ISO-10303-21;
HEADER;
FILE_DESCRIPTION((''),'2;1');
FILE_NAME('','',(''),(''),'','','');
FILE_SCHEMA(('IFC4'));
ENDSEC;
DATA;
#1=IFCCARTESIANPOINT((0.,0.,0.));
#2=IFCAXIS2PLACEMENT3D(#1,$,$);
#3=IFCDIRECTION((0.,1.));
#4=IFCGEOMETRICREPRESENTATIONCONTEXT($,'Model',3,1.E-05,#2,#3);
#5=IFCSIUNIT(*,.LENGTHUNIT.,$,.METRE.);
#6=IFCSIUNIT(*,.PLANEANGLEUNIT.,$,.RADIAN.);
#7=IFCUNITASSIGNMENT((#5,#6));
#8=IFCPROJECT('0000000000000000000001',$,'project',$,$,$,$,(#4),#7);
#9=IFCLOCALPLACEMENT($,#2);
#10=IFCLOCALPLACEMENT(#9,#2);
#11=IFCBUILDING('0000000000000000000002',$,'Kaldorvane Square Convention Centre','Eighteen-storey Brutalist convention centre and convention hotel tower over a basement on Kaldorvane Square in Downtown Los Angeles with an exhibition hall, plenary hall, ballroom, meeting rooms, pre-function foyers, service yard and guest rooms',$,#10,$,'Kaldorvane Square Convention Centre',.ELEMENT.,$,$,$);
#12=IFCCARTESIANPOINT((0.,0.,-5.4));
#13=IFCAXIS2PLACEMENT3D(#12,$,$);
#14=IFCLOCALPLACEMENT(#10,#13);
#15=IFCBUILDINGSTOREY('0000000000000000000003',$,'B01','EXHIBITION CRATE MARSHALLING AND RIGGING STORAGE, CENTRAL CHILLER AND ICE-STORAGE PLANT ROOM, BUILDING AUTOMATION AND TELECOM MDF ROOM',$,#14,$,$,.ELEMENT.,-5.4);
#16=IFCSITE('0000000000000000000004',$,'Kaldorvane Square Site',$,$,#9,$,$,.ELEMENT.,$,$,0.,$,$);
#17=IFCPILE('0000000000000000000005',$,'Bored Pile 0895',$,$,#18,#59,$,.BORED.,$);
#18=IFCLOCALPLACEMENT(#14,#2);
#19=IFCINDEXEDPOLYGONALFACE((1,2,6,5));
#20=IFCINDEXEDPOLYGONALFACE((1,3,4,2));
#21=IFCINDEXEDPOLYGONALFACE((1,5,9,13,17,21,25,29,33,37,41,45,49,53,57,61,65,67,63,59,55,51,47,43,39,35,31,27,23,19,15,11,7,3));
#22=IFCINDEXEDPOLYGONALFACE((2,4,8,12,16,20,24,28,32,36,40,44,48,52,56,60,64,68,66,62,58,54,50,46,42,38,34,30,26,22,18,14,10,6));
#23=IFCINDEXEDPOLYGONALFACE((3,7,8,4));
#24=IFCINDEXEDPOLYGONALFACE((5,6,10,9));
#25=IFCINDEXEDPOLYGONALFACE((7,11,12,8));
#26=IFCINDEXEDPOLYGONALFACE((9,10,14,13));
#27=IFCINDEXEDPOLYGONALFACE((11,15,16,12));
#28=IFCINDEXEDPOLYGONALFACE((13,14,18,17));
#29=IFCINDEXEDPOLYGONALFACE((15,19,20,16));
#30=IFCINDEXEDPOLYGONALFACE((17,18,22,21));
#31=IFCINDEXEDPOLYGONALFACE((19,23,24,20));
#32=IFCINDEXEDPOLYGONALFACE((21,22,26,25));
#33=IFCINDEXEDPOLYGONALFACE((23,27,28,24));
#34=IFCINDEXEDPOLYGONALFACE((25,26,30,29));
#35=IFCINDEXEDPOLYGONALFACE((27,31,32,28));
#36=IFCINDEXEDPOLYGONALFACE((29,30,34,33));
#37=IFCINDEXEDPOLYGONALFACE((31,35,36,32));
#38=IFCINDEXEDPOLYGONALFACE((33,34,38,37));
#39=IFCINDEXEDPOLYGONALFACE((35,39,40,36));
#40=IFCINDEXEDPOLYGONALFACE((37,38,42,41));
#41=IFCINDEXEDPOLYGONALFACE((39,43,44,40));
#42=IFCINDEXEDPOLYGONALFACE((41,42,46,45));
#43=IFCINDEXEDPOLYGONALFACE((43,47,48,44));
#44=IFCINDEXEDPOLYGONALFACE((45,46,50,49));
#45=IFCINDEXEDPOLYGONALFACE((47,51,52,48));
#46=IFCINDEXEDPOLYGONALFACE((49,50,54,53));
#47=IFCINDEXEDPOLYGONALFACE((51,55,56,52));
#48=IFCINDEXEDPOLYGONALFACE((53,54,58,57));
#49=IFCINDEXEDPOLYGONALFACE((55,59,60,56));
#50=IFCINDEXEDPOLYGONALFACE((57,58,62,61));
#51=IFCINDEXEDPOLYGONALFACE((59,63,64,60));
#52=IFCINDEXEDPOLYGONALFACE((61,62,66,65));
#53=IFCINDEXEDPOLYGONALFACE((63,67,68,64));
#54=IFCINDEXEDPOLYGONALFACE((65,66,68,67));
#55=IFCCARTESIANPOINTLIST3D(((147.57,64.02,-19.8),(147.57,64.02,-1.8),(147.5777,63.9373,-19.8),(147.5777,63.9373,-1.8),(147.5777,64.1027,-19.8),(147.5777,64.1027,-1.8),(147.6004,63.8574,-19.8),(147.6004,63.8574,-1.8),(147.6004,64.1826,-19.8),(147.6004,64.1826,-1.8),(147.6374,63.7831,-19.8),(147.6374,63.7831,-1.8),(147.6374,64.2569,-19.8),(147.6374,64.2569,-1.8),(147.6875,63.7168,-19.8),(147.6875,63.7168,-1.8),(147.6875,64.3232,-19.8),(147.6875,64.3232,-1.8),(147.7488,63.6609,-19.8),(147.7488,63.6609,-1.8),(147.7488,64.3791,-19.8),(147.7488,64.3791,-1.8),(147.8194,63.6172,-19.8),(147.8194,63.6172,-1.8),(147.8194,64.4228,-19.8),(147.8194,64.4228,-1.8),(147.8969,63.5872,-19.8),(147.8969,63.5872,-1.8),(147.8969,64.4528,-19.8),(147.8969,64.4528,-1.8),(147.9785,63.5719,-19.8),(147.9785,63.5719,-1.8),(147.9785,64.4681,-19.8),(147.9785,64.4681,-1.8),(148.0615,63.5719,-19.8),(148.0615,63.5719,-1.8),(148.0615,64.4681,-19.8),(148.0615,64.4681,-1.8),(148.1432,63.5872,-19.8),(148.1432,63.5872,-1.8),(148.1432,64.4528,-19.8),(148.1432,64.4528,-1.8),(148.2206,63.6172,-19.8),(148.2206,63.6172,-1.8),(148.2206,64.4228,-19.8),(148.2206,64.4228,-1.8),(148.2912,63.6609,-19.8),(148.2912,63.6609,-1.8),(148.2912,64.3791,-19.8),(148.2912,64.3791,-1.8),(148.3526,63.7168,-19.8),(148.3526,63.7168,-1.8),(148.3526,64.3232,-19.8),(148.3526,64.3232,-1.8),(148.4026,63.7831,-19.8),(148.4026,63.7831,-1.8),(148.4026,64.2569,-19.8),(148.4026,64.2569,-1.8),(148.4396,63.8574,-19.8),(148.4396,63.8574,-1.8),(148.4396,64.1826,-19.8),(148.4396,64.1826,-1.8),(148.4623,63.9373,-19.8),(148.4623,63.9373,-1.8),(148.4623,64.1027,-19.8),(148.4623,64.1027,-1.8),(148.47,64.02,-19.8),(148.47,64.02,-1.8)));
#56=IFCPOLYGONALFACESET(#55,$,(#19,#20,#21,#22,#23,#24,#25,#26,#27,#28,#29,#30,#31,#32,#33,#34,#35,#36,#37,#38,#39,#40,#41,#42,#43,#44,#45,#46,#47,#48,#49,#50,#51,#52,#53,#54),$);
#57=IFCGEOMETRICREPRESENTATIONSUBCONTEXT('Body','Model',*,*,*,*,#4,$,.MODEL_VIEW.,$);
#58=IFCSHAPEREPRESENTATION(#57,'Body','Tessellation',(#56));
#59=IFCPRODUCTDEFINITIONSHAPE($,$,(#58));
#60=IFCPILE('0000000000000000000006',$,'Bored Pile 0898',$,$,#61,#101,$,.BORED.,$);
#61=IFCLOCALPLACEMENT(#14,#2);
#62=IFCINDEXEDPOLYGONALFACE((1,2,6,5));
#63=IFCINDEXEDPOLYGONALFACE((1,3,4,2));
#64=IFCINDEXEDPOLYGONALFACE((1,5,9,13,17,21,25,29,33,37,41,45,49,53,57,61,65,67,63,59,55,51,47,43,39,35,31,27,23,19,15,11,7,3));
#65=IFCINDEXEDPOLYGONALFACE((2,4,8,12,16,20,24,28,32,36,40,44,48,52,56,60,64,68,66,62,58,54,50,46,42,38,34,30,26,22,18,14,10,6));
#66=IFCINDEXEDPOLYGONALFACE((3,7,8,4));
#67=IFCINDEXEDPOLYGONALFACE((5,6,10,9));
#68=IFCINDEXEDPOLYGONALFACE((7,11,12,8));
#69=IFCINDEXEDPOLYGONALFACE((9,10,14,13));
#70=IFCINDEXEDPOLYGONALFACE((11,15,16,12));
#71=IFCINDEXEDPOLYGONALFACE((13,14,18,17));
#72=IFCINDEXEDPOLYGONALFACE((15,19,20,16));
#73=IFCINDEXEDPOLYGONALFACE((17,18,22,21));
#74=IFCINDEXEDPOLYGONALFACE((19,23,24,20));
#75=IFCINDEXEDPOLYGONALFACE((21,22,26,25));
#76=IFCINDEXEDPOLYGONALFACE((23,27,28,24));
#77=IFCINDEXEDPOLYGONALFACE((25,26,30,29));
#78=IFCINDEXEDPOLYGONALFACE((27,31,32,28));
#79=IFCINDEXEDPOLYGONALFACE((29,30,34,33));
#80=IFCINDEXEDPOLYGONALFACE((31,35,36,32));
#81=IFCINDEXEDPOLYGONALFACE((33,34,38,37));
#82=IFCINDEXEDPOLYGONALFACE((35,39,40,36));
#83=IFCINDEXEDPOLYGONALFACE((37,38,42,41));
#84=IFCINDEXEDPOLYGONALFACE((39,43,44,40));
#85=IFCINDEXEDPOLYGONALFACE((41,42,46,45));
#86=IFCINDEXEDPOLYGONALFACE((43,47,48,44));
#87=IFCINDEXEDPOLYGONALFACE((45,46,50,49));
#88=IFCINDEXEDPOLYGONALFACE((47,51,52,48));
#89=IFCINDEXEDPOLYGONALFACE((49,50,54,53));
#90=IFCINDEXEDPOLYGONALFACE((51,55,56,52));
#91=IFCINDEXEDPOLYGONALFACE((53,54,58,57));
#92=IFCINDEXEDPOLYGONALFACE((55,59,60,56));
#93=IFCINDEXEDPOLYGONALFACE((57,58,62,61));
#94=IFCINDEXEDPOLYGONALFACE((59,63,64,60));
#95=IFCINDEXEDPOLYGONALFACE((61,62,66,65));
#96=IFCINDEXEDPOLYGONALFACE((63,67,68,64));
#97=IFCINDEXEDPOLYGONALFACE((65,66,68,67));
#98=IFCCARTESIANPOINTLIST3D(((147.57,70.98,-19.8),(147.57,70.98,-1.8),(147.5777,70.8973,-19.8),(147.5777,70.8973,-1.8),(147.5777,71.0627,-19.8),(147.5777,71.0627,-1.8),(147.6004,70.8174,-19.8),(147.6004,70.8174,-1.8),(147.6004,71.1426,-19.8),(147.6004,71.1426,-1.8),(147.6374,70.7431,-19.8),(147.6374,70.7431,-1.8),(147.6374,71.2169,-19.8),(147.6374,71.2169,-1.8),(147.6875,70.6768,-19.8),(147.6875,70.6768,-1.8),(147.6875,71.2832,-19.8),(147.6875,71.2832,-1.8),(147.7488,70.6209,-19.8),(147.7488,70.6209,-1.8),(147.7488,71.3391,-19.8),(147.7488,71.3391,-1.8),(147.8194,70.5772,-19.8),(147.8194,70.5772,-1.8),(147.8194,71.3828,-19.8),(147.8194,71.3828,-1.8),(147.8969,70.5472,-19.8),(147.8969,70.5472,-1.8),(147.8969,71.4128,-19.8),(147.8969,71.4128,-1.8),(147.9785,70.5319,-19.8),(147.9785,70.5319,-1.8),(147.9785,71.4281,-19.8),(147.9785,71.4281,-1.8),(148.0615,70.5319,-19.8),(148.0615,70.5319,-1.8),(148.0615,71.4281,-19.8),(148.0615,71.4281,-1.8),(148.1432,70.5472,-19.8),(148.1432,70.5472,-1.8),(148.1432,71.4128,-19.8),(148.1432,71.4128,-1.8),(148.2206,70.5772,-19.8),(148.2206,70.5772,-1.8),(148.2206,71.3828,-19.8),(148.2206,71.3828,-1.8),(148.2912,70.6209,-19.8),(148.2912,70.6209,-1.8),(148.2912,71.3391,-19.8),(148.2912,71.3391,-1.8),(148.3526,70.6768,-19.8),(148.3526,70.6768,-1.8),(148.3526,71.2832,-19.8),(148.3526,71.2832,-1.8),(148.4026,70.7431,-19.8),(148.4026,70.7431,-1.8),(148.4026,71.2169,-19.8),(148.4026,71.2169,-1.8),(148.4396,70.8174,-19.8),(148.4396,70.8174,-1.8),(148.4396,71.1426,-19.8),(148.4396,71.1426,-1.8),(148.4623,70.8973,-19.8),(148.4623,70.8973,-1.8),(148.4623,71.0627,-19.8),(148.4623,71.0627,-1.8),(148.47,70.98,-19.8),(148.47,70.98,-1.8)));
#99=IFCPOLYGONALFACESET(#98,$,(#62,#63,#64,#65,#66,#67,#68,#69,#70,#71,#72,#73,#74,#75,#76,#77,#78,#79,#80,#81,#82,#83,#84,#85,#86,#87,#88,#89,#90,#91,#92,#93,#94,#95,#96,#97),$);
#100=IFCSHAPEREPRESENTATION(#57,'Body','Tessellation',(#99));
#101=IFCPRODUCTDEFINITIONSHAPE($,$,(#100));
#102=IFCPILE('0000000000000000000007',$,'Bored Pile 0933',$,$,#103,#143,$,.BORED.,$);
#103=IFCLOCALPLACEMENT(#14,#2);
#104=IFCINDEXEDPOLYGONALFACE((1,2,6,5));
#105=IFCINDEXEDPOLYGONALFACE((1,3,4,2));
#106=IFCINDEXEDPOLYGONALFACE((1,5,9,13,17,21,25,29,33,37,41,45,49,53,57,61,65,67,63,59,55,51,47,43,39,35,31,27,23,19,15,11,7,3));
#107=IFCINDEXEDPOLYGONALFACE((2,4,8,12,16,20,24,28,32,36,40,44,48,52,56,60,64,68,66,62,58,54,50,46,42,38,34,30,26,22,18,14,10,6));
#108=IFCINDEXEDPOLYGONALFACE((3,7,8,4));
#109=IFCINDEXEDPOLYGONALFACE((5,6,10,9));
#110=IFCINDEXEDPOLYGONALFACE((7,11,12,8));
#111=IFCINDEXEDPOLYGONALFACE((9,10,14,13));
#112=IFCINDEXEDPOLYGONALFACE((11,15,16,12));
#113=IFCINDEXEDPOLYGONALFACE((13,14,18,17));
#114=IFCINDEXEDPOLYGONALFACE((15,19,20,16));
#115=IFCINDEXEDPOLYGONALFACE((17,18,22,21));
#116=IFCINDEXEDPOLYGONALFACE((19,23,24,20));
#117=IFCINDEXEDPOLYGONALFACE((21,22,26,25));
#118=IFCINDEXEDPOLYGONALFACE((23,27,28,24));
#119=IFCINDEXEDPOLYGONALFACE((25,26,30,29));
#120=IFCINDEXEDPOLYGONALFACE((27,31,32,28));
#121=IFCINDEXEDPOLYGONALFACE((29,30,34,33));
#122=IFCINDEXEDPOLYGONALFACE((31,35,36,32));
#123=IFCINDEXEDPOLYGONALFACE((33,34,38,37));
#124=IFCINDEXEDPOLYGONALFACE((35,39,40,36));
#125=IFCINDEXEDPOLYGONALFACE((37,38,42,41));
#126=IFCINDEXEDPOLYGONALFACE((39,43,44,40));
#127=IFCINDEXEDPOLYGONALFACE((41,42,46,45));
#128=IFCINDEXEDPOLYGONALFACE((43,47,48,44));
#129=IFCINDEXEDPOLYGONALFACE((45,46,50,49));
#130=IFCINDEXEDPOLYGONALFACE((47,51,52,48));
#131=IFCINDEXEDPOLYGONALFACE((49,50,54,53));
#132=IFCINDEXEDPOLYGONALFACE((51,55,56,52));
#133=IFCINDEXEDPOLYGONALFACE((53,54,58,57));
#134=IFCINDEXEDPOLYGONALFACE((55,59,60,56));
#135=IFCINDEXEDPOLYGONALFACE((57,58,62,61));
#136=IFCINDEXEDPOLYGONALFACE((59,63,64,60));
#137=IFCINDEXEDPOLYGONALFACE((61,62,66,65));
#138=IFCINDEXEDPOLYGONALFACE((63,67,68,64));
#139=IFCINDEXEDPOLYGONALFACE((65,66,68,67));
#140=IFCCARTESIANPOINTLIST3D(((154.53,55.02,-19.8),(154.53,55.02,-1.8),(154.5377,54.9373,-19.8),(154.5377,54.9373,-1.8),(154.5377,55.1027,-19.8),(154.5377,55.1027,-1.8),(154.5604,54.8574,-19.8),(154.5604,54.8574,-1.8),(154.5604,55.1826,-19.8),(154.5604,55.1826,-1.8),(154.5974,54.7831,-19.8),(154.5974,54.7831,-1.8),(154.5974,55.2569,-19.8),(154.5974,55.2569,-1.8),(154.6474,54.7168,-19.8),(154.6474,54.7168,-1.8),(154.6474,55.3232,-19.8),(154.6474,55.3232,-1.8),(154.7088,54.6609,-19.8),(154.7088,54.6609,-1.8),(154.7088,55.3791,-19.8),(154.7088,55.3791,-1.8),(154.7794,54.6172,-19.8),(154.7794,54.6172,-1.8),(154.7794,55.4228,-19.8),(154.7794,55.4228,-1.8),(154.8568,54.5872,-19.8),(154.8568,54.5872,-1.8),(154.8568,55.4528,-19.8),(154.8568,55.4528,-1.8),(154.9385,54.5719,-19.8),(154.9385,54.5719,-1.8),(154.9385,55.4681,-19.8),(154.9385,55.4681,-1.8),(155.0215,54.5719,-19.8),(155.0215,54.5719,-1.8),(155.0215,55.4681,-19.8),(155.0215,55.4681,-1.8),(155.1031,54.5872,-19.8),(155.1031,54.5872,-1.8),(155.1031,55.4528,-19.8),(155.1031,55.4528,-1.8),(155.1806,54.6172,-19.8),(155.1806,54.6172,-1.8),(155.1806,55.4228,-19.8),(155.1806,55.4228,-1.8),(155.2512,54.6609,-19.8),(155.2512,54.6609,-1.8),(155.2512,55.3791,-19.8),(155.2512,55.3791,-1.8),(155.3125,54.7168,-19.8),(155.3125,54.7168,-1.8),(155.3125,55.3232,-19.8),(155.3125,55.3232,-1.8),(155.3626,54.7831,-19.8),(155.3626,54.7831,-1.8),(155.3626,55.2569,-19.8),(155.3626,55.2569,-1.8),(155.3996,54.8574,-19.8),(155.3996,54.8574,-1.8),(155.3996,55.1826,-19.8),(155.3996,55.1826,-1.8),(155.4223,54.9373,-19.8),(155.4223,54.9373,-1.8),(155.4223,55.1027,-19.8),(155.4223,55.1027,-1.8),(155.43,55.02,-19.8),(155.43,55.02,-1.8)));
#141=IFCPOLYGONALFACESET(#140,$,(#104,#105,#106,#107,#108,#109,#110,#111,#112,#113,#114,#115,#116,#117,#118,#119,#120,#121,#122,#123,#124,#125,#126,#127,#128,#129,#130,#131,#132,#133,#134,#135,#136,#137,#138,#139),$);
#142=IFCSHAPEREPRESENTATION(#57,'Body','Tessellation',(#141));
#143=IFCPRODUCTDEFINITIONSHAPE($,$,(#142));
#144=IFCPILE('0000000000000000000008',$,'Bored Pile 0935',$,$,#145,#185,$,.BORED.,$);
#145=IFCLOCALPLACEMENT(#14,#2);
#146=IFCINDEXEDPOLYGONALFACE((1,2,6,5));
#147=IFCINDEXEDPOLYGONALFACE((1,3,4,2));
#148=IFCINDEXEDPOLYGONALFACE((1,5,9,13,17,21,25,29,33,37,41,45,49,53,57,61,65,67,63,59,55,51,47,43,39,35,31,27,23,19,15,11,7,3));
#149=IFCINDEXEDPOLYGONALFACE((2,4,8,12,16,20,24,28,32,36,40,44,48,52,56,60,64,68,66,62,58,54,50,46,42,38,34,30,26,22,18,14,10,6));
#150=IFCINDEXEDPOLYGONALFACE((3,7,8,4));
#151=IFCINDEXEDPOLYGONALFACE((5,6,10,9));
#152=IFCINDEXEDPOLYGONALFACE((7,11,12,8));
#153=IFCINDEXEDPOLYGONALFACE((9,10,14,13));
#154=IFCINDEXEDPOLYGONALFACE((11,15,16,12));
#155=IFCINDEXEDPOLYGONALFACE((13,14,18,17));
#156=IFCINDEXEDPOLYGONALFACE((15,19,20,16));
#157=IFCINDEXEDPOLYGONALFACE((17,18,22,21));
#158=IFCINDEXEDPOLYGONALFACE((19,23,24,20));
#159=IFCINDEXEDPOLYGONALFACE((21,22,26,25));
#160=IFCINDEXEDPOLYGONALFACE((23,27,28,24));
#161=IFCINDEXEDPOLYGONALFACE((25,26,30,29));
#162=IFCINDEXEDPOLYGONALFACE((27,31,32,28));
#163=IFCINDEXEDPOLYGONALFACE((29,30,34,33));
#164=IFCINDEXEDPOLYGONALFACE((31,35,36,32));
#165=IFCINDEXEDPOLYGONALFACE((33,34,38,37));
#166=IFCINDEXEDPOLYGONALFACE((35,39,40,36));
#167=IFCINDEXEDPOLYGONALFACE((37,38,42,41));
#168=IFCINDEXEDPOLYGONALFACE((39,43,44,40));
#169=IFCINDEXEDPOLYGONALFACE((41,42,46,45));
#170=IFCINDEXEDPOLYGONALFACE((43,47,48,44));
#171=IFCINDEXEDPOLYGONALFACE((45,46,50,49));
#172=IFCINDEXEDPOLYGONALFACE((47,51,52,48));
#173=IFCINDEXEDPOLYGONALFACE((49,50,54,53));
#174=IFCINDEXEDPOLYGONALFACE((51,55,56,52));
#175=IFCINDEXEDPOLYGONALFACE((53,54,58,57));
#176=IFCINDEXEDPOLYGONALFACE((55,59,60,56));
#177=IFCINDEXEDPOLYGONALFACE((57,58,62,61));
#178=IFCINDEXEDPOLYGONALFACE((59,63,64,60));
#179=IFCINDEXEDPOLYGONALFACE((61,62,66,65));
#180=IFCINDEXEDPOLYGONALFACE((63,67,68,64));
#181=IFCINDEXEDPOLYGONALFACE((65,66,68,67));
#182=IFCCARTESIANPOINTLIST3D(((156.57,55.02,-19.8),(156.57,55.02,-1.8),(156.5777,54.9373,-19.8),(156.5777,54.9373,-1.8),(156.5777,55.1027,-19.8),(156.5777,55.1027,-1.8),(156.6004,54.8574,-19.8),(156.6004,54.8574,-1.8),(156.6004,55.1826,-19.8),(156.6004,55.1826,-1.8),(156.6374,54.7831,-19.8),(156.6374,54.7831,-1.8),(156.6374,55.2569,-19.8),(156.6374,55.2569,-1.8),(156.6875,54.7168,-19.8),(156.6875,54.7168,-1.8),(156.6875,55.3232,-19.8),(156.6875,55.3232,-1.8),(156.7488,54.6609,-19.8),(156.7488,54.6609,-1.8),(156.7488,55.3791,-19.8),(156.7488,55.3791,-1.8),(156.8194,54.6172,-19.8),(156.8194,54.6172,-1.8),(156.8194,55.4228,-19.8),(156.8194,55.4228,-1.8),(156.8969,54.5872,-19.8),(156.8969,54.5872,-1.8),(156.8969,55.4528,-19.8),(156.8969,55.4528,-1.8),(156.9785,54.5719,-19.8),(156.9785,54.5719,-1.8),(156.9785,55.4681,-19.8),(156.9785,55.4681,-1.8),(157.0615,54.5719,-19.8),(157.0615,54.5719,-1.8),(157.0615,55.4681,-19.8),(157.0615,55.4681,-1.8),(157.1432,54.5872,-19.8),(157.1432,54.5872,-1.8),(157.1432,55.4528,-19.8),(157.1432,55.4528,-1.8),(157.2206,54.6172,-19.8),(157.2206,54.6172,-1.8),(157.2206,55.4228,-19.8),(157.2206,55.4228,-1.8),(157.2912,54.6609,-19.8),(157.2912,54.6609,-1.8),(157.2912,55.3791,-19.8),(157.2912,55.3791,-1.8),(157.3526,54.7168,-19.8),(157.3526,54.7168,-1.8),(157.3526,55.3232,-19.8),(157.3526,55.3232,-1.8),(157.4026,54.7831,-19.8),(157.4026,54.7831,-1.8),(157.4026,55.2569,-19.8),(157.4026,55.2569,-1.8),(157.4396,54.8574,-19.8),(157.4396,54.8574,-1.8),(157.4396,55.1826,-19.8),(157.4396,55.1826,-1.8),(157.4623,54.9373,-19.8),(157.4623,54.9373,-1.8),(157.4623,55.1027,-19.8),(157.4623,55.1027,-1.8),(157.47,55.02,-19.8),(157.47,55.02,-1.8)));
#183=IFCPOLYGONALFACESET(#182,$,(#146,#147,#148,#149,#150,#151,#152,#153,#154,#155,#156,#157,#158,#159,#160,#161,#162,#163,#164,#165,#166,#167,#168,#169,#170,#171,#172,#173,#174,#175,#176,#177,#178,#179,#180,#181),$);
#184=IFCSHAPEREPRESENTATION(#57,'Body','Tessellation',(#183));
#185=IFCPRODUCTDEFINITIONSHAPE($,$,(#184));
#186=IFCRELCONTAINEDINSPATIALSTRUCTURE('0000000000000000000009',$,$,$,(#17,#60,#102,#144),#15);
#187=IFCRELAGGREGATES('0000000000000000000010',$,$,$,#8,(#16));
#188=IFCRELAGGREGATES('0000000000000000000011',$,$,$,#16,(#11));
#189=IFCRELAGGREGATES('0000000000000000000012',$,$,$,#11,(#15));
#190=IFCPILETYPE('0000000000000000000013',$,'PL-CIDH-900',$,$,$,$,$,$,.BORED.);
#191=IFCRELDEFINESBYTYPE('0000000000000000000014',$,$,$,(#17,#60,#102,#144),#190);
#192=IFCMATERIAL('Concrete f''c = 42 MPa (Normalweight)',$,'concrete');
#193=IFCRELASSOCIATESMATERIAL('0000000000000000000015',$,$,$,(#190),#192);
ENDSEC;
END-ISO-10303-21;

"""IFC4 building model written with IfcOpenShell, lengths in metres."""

from ifc_helpers import new_model, si_unit, direction, frame, origin, origin_2d, place, context, subcontext, project, spatial, circle, extrude, material, material_profile, profile_set, type_object, element, save


model = new_model("IFC4")

# Units and contexts
model_context = context("Model", 3, precision=1e-05, world=origin(), true_north=direction((0.0, 1.0)))
body_context = subcontext(model_context, "Body", "Model", "MODEL_VIEW")
ifc_project = project(units=[si_unit("LENGTHUNIT", "METRE"), si_unit("PLANEANGLEUNIT", "RADIAN")], contexts=[model_context])

# Site, building, storey
site_placement = place(None, origin())
site = spatial("IfcSite", under=ifc_project, at=site_placement, Name="Kaldorvane Square Site", CompositionType="ELEMENT", RefElevation=0.0)
building_placement = place(site_placement, origin())
building = spatial("IfcBuilding", under=site, at=building_placement, Name="Kaldorvane Square Convention Centre", Description="Eighteen-storey Brutalist convention centre and convention hotel tower over a basement on Kaldorvane Square in Downtown Los Angeles with an exhibition hall, plenary hall, ballroom, meeting rooms, pre-function foyers, service yard and guest rooms", LongName="Kaldorvane Square Convention Centre", CompositionType="ELEMENT")
storey_placement = place(building_placement, frame((0.0, 0.0, -5.4)))
storey = spatial("IfcBuildingStorey", under=building, at=storey_placement, Name="B01", Description="EXHIBITION CRATE MARSHALLING AND RIGGING STORAGE, CENTRAL CHILLER AND ICE-STORAGE PLANT ROOM, BUILDING AUTOMATION AND TELECOM MDF ROOM", CompositionType="ELEMENT", Elevation=-5.4)

# Shared definitions
ifc_material_1 = material(Name="Concrete f'c = 42 MPa (Normalweight)", Category="concrete")

# Piles
ifc_material_profile_1 = material_profile(ifc_material_1, circle(Radius=0.45, at=origin_2d()), Name="PILE-D900")
ifc_profile_set_1 = profile_set([ifc_material_profile_1], Name="Concrete f'c = 42 MPa (Normalweight)")
pile_type_1 = type_object("IfcPileType", Name="PL-CIDH-900", PredefinedType="BORED", material=ifc_profile_set_1)
for number, where, z_axis, x_axis, name in (
    (1, (148.02, 64.02, -1.8), (0.0, 0.0, -1.0), (1.0, 0.0, 0.0), "Bored Pile 0895"),
    (2, (148.02, 70.98, -1.8), (0.0, 0.0, -1.0), (1.0, 0.0, 0.0), "Bored Pile 0898"),
    (3, (154.98, 55.02, -1.8), (0.0, 0.0, -1.0), (1.0, 0.0, 0.0), "Bored Pile 0933"),
    (4, (157.02, 55.02, -1.8), (0.0, 0.0, -1.0), (1.0, 0.0, 0.0), "Bored Pile 0935"),
):
    element("IfcPile", number, at=place(storey_placement, frame(where, z_axis=z_axis, x_axis=x_axis)), inside=storey, type_object=pile_type_1, Name=name, PredefinedType="BORED", context=body_context, shape_type="SweptSolid", body=[
        extrude(circle(Radius=0.45, at=origin_2d()), origin(), (0.0, 0.0, 1.0), 18.0),
    ])

save(model, "model.ifc")
